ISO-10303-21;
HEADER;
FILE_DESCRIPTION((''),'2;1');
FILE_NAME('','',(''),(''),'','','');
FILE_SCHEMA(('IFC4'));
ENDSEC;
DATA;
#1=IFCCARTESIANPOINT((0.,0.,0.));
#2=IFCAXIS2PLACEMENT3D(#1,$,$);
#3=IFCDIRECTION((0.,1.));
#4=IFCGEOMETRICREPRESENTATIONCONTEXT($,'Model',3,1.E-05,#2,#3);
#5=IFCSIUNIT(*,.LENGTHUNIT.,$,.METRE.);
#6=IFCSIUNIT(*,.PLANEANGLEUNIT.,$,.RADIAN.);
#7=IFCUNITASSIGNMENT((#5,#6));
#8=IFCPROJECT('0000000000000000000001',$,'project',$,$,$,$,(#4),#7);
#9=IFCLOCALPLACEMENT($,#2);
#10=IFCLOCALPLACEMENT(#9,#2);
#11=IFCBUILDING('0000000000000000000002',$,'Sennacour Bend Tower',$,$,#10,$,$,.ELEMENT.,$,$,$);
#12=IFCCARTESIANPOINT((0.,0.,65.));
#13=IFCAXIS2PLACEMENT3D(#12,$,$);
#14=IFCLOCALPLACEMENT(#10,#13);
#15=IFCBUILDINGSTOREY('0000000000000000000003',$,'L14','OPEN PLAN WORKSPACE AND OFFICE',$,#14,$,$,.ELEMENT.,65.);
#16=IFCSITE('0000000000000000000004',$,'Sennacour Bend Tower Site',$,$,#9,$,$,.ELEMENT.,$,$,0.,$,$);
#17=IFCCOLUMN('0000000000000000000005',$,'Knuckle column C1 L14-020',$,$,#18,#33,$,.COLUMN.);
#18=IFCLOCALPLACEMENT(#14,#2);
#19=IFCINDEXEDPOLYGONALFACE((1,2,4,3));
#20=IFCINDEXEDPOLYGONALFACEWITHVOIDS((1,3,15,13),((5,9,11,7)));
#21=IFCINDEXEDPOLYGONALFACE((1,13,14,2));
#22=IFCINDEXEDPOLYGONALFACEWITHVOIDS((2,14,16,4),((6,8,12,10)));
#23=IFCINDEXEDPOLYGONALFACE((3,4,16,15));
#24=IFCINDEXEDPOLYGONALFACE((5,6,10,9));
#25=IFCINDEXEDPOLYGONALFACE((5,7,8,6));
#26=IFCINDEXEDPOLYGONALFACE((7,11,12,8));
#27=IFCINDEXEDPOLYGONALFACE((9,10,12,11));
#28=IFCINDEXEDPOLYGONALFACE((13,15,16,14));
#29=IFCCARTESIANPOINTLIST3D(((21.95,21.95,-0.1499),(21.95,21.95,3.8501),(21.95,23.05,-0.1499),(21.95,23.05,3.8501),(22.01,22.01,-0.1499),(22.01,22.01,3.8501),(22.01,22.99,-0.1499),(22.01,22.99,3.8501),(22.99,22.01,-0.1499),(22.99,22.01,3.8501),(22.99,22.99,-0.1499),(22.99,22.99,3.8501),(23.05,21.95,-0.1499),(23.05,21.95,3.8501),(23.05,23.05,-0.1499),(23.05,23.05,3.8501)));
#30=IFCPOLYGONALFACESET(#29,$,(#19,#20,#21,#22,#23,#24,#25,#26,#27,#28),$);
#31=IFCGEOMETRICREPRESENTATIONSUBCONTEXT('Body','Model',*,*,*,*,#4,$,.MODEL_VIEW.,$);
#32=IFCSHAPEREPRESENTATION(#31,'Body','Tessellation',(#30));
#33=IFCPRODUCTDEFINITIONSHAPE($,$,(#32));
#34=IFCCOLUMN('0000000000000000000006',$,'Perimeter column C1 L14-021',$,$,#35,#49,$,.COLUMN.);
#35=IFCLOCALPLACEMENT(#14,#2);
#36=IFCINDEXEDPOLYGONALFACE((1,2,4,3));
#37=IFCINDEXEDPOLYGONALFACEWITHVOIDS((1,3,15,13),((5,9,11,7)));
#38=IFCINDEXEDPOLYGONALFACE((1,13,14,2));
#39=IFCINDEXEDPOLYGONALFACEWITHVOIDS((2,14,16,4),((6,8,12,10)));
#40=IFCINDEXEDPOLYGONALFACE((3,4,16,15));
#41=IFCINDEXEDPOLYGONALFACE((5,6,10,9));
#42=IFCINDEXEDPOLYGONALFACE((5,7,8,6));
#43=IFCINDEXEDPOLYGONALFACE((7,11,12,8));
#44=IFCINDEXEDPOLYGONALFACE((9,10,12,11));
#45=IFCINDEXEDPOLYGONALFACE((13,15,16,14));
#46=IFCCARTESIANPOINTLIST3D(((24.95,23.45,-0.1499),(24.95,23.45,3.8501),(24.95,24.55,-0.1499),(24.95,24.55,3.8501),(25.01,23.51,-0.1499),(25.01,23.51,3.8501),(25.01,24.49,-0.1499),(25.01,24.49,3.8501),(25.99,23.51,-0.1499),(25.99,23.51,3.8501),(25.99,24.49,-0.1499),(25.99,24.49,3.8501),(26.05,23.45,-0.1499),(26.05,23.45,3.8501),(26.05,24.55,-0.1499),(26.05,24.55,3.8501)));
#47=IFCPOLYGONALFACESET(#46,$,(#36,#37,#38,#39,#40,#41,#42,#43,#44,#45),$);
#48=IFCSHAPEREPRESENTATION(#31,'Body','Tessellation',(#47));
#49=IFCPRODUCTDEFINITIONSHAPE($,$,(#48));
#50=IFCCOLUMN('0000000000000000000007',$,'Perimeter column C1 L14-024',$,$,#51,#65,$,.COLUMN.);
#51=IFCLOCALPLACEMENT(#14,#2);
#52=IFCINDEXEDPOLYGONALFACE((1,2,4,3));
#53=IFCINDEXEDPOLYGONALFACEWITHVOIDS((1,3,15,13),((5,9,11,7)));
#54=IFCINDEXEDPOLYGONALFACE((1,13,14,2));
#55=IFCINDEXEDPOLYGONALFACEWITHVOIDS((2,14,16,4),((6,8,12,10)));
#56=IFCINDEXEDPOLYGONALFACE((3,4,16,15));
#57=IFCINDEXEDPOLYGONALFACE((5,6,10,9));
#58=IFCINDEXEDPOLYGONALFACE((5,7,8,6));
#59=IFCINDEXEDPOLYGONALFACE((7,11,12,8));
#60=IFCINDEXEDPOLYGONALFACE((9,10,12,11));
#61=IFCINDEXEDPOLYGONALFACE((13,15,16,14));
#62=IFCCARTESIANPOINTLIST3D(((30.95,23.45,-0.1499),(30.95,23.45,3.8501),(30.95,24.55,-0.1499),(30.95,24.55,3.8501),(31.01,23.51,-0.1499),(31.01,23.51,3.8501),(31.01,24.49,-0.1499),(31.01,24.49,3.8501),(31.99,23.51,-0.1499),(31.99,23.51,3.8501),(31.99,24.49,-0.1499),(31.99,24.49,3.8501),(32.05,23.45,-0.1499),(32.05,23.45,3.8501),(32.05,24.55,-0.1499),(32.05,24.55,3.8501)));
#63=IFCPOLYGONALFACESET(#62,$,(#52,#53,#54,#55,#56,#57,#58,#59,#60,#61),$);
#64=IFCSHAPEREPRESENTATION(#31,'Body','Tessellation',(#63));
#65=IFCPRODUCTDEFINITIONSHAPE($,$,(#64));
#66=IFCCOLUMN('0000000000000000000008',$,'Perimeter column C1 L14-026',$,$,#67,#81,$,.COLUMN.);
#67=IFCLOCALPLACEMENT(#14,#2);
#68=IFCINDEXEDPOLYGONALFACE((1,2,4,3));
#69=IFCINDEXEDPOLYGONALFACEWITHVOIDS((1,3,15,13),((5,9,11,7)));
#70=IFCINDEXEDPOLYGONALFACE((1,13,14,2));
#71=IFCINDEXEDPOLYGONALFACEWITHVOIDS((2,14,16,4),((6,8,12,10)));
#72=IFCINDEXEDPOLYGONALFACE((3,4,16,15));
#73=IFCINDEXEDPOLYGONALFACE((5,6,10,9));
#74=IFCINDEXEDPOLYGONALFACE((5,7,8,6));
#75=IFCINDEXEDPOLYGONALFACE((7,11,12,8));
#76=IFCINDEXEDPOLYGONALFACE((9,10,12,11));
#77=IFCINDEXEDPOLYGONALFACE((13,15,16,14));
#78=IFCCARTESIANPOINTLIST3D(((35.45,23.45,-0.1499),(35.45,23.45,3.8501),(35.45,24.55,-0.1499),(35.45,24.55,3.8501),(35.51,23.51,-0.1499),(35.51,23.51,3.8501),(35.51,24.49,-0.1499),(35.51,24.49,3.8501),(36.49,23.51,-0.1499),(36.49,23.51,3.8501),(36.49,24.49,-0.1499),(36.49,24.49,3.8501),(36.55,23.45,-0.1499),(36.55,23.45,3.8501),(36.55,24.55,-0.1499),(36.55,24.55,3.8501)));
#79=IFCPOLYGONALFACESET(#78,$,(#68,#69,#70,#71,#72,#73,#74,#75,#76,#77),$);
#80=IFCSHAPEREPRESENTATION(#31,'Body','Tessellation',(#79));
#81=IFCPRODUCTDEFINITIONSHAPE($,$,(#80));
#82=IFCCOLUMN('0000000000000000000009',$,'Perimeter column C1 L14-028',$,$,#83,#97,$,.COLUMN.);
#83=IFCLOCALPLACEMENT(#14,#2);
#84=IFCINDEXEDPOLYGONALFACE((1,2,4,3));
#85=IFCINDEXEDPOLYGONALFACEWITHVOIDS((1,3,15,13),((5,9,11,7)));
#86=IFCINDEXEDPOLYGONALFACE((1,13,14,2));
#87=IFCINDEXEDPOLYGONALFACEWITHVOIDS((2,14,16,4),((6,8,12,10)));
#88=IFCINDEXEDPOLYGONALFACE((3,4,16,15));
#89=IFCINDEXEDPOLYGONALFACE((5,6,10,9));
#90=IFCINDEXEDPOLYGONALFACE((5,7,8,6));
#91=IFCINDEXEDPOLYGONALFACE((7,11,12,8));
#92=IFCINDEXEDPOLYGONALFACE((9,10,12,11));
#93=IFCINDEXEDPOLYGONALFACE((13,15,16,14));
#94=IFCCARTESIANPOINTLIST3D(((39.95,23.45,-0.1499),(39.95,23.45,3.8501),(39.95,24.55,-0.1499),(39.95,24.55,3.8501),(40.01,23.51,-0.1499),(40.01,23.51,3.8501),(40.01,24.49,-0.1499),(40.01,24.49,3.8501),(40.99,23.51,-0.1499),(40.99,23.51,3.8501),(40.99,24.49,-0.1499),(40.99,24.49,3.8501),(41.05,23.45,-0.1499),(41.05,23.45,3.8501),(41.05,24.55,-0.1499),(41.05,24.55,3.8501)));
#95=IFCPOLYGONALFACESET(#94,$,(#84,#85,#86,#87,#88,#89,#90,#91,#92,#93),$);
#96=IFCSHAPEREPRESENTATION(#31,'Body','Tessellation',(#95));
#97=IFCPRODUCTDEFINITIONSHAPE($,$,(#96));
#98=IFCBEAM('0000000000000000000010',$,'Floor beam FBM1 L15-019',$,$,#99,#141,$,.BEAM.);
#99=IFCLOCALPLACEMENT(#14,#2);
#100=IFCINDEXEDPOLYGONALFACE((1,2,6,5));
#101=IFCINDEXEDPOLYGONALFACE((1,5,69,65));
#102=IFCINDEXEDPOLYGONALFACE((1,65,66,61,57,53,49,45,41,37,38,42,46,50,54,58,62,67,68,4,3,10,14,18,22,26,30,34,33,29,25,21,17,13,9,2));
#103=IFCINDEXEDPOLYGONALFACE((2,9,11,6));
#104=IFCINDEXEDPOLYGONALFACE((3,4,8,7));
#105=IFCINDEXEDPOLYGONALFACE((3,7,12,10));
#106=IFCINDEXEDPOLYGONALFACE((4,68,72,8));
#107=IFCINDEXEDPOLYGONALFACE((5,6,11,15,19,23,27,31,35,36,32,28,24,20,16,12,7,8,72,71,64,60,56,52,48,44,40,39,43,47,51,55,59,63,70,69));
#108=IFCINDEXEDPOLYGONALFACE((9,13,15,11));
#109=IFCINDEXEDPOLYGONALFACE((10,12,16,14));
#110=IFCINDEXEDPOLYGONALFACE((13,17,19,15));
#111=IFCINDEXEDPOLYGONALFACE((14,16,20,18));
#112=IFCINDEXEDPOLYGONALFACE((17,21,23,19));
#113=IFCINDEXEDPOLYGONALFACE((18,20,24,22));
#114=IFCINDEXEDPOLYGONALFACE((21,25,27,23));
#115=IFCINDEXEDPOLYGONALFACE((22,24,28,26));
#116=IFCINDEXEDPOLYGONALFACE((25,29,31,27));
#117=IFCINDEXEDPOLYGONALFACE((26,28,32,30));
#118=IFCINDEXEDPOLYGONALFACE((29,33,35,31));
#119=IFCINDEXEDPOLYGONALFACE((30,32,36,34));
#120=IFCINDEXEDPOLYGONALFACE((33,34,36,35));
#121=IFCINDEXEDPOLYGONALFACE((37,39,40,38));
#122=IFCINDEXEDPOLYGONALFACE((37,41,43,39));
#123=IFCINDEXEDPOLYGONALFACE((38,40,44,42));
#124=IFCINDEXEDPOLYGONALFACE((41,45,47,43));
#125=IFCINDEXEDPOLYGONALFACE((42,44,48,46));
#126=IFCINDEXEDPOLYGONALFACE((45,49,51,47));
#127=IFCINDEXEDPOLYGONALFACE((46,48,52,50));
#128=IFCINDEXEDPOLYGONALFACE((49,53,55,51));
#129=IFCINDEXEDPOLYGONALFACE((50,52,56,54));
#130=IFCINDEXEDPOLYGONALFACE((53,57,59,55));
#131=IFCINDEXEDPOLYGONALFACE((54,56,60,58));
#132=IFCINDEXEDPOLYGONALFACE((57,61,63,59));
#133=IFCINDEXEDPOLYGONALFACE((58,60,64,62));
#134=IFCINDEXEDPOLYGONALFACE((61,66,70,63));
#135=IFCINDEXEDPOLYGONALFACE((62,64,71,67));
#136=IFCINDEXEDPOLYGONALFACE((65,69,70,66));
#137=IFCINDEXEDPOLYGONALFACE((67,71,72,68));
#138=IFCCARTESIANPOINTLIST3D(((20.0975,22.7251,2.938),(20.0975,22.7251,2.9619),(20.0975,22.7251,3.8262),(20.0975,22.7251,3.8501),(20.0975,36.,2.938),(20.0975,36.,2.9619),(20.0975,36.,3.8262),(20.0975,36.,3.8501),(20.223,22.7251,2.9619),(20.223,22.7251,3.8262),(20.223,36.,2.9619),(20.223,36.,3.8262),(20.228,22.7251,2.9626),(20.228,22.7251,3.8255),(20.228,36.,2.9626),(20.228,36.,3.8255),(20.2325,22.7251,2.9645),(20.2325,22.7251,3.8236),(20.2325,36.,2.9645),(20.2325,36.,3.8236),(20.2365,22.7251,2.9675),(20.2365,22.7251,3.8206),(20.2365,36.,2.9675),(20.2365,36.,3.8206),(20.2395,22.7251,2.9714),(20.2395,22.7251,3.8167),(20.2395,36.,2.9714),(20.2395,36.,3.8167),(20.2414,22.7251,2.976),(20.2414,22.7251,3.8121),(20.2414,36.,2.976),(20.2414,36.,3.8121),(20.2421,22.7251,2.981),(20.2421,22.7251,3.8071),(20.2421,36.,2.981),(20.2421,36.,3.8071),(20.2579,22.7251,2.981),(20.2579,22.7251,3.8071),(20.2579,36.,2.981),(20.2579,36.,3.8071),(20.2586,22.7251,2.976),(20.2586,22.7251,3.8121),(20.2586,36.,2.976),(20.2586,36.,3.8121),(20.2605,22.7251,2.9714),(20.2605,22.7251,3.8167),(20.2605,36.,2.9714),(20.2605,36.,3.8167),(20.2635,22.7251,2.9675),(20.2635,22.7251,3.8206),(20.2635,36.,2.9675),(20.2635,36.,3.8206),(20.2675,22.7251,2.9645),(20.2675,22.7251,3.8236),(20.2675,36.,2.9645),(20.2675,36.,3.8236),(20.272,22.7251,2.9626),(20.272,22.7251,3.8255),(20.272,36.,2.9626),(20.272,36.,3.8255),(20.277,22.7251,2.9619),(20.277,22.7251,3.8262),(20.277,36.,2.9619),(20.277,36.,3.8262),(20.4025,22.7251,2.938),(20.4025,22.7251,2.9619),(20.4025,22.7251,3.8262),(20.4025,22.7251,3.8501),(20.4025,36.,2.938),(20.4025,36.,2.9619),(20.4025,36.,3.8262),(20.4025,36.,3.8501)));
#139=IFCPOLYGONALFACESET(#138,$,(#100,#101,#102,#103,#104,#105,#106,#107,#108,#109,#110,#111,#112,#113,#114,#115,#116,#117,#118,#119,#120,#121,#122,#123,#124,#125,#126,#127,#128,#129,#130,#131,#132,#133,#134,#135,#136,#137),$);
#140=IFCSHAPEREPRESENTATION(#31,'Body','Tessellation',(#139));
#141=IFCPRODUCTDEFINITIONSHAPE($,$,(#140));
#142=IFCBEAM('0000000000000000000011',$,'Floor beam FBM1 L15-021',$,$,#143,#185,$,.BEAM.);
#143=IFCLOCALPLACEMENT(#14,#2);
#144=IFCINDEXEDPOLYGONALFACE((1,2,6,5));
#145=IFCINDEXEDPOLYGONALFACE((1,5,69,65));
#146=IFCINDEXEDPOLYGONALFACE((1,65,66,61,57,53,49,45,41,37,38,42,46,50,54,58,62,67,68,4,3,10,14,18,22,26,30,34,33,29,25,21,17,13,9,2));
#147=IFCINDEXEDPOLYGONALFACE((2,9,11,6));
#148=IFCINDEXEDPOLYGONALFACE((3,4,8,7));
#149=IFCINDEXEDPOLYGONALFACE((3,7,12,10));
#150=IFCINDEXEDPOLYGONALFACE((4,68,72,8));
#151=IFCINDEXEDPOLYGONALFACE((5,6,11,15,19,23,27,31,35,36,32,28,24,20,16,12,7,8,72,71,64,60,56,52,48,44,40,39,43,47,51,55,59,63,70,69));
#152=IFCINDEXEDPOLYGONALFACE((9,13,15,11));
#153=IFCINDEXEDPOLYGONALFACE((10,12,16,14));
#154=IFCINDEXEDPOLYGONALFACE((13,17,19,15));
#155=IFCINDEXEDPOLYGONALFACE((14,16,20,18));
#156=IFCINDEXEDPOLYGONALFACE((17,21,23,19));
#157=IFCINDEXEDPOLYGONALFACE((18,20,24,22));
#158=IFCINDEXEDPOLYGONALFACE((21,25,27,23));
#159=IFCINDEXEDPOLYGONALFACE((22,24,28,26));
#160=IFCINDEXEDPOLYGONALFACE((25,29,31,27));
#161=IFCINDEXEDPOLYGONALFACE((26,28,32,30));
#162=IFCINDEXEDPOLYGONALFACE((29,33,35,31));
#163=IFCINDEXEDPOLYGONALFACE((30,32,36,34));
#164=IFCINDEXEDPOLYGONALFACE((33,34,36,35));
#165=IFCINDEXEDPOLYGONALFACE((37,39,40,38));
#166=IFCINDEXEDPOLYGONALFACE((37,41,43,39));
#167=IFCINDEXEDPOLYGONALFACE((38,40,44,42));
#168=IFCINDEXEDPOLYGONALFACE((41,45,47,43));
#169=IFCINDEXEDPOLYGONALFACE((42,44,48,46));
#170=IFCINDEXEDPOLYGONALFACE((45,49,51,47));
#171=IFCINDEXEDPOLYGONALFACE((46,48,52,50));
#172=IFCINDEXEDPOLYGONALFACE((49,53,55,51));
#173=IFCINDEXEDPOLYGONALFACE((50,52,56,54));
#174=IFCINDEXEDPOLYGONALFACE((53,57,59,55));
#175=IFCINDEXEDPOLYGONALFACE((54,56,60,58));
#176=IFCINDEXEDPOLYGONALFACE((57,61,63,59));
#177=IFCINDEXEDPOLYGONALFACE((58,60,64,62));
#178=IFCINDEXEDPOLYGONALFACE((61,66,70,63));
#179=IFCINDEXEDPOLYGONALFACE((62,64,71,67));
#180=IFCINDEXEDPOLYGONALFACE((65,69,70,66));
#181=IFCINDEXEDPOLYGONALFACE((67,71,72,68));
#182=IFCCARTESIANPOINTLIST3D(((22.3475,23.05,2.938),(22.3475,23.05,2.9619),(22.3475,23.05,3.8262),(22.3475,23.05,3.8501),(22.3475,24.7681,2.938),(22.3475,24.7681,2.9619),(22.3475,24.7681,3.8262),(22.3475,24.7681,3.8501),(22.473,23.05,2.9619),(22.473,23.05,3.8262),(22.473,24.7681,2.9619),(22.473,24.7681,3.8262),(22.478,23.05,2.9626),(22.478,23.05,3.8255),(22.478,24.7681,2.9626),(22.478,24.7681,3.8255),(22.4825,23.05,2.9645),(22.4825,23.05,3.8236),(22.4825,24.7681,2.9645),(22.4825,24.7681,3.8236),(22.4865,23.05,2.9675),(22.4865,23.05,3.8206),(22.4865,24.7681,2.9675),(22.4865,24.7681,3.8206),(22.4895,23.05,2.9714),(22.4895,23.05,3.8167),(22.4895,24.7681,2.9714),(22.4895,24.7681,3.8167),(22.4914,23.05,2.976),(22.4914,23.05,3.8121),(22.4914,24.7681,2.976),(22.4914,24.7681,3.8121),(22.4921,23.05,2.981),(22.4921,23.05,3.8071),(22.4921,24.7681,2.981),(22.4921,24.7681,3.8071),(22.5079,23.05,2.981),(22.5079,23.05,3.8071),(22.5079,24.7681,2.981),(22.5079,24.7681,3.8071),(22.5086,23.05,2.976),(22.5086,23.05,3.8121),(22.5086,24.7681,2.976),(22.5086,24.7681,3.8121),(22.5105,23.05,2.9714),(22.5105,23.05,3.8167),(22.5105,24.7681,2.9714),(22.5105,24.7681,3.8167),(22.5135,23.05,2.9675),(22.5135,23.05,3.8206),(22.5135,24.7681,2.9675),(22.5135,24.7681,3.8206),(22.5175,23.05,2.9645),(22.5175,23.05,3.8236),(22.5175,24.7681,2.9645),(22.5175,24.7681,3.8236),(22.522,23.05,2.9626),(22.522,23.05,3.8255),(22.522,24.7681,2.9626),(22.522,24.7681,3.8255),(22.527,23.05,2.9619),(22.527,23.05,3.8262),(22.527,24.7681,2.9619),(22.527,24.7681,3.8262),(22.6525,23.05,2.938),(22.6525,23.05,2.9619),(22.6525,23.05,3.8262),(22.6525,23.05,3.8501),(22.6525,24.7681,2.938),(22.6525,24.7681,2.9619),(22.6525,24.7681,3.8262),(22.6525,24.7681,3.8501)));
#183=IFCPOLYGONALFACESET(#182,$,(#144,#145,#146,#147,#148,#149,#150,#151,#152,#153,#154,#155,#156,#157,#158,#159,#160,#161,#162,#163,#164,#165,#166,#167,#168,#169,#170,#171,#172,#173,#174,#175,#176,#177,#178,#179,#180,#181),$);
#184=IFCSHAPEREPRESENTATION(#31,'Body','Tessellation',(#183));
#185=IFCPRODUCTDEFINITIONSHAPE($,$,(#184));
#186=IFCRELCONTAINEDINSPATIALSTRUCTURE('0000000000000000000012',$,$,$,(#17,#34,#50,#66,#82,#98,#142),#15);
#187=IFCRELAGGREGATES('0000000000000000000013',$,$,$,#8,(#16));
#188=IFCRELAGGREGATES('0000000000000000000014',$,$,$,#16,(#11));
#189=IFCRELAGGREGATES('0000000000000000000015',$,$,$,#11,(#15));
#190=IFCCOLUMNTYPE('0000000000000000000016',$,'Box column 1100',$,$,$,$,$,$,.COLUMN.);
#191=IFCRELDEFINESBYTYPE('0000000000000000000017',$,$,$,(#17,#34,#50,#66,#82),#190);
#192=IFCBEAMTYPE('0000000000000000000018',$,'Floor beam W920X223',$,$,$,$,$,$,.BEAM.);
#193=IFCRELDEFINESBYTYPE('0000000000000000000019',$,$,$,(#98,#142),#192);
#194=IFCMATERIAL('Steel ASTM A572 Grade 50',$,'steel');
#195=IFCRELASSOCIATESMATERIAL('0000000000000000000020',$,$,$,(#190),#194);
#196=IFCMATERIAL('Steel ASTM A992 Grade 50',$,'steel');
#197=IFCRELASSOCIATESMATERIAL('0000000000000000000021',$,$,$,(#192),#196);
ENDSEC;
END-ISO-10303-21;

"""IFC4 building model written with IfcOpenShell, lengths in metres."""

from ifc_helpers import new_model, si_unit, direction, frame, origin, origin_2d, place, context, subcontext, project, spatial, hollow_rectangle, i_section, extrude, material, material_profile, profile_set, type_object, element, save


model = new_model("IFC4")

# Units and contexts
model_context = context("Model", 3, precision=1e-05, world=origin(), true_north=direction((0.0, 1.0)))
body_context = subcontext(model_context, "Body", "Model", "MODEL_VIEW")
ifc_project = project(units=[si_unit("LENGTHUNIT", "METRE"), si_unit("PLANEANGLEUNIT", "RADIAN")], contexts=[model_context])

# Site, building, storey
site_placement = place(None, origin())
site = spatial("IfcSite", under=ifc_project, at=site_placement, Name="Sennacour Bend Tower Site", CompositionType="ELEMENT", RefElevation=0.0)
building_placement = place(site_placement, origin())
building = spatial("IfcBuilding", under=site, at=building_placement, Name="Sennacour Bend Tower", CompositionType="ELEMENT")
storey_placement = place(building_placement, frame((0.0, 0.0, 65.0)))
storey = spatial("IfcBuildingStorey", under=building, at=storey_placement, Name="L14", Description="OPEN PLAN WORKSPACE AND OFFICE", CompositionType="ELEMENT", Elevation=65.0)

# Columns
ifc_material_1 = material(Name="Steel ASTM A572 Grade 50", Category="steel")
ifc_material_profile_1 = material_profile(ifc_material_1, hollow_rectangle(XDim=1.1001, YDim=1.1001, WallThickness=0.0601, at=origin_2d()), Name="Steel ASTM A572 Grade 50", Category="steel")
ifc_profile_set_1 = profile_set([ifc_material_profile_1], Name="Steel ASTM A572 Grade 50")
column_type = type_object("IfcColumnType", Name="Box column 1100", PredefinedType="COLUMN", material=ifc_profile_set_1)
for number, where, z_axis, x_axis, name in (
    (1, (22.5, 22.5, -0.1499), (0.0, 0.0, 1.0), (1.0, 0.0, 0.0), "Knuckle column C1 L14-020"),
    (2, (25.5, 24.0, -0.1499), (0.0, 0.0, 1.0), (1.0, 0.0, 0.0), "Perimeter column C1 L14-021"),
    (3, (31.5, 24.0, -0.1499), (0.0, 0.0, 1.0), (1.0, 0.0, 0.0), "Perimeter column C1 L14-024"),
    (4, (36.0, 24.0, -0.1499), (0.0, 0.0, 1.0), (1.0, 0.0, 0.0), "Perimeter column C1 L14-026"),
    (5, (40.5, 24.0, -0.1499), (0.0, 0.0, 1.0), (1.0, 0.0, 0.0), "Perimeter column C1 L14-028"),
):
    element("IfcColumn", number, at=place(storey_placement, frame(where, z_axis=z_axis, x_axis=x_axis)), inside=storey, type_object=column_type, Name=name, PredefinedType="COLUMN", context=body_context, shape_type="SweptSolid", body=[
        extrude(hollow_rectangle(XDim=1.1001, YDim=1.1001, WallThickness=0.0601, at=origin_2d()), origin(), (0.0, 0.0, 1.0), 4.0),
    ])

# Beams
ifc_material_2 = material(Name="Steel ASTM A992 Grade 50", Category="steel")
ifc_material_profile_2 = material_profile(ifc_material_2, i_section(OverallWidth=0.3049, OverallDepth=0.9121, WebThickness=0.0159, FlangeThickness=0.0239, FilletRadius=0.019, at=origin_2d()), Name="Steel ASTM A992 Grade 50", Category="steel")
ifc_profile_set_2 = profile_set([ifc_material_profile_2], Name="Steel ASTM A992 Grade 50")
beam_type_1 = type_object("IfcBeamType", Name="Floor beam W920X223", PredefinedType="BEAM", material=ifc_profile_set_2)
beam_1_placement = place(storey_placement, frame((20.25, 22.7251, 3.394), z_axis=(0.0, 1.0, 0.0), x_axis=(-1.0, 0.0, 0.0)))
element("IfcBeam", 6, at=beam_1_placement, inside=storey, type_object=beam_type_1, Name="Floor beam FBM1 L15-019", PredefinedType="BEAM", context=body_context, shape_type="SweptSolid", body=[
    extrude(i_section(OverallWidth=0.3049, OverallDepth=0.9121, WebThickness=0.0159, FlangeThickness=0.0239, FilletRadius=0.019, at=origin_2d()), origin(), (0.0, 0.0, 1.0), 13.2749),
])
beam_2_placement = place(storey_placement, frame((22.5, 23.05, 3.394), z_axis=(0.0, 1.0, 0.0), x_axis=(-1.0, 0.0, 0.0)))
element("IfcBeam", 7, at=beam_2_placement, inside=storey, type_object=beam_type_1, Name="Floor beam FBM1 L15-021", PredefinedType="BEAM", context=body_context, shape_type="SweptSolid", body=[
    extrude(i_section(OverallWidth=0.3049, OverallDepth=0.9121, WebThickness=0.0159, FlangeThickness=0.0239, FilletRadius=0.019, at=origin_2d()), origin(), (0.0, 0.0, 1.0), 1.718),
])

save(model, "model.ifc")
